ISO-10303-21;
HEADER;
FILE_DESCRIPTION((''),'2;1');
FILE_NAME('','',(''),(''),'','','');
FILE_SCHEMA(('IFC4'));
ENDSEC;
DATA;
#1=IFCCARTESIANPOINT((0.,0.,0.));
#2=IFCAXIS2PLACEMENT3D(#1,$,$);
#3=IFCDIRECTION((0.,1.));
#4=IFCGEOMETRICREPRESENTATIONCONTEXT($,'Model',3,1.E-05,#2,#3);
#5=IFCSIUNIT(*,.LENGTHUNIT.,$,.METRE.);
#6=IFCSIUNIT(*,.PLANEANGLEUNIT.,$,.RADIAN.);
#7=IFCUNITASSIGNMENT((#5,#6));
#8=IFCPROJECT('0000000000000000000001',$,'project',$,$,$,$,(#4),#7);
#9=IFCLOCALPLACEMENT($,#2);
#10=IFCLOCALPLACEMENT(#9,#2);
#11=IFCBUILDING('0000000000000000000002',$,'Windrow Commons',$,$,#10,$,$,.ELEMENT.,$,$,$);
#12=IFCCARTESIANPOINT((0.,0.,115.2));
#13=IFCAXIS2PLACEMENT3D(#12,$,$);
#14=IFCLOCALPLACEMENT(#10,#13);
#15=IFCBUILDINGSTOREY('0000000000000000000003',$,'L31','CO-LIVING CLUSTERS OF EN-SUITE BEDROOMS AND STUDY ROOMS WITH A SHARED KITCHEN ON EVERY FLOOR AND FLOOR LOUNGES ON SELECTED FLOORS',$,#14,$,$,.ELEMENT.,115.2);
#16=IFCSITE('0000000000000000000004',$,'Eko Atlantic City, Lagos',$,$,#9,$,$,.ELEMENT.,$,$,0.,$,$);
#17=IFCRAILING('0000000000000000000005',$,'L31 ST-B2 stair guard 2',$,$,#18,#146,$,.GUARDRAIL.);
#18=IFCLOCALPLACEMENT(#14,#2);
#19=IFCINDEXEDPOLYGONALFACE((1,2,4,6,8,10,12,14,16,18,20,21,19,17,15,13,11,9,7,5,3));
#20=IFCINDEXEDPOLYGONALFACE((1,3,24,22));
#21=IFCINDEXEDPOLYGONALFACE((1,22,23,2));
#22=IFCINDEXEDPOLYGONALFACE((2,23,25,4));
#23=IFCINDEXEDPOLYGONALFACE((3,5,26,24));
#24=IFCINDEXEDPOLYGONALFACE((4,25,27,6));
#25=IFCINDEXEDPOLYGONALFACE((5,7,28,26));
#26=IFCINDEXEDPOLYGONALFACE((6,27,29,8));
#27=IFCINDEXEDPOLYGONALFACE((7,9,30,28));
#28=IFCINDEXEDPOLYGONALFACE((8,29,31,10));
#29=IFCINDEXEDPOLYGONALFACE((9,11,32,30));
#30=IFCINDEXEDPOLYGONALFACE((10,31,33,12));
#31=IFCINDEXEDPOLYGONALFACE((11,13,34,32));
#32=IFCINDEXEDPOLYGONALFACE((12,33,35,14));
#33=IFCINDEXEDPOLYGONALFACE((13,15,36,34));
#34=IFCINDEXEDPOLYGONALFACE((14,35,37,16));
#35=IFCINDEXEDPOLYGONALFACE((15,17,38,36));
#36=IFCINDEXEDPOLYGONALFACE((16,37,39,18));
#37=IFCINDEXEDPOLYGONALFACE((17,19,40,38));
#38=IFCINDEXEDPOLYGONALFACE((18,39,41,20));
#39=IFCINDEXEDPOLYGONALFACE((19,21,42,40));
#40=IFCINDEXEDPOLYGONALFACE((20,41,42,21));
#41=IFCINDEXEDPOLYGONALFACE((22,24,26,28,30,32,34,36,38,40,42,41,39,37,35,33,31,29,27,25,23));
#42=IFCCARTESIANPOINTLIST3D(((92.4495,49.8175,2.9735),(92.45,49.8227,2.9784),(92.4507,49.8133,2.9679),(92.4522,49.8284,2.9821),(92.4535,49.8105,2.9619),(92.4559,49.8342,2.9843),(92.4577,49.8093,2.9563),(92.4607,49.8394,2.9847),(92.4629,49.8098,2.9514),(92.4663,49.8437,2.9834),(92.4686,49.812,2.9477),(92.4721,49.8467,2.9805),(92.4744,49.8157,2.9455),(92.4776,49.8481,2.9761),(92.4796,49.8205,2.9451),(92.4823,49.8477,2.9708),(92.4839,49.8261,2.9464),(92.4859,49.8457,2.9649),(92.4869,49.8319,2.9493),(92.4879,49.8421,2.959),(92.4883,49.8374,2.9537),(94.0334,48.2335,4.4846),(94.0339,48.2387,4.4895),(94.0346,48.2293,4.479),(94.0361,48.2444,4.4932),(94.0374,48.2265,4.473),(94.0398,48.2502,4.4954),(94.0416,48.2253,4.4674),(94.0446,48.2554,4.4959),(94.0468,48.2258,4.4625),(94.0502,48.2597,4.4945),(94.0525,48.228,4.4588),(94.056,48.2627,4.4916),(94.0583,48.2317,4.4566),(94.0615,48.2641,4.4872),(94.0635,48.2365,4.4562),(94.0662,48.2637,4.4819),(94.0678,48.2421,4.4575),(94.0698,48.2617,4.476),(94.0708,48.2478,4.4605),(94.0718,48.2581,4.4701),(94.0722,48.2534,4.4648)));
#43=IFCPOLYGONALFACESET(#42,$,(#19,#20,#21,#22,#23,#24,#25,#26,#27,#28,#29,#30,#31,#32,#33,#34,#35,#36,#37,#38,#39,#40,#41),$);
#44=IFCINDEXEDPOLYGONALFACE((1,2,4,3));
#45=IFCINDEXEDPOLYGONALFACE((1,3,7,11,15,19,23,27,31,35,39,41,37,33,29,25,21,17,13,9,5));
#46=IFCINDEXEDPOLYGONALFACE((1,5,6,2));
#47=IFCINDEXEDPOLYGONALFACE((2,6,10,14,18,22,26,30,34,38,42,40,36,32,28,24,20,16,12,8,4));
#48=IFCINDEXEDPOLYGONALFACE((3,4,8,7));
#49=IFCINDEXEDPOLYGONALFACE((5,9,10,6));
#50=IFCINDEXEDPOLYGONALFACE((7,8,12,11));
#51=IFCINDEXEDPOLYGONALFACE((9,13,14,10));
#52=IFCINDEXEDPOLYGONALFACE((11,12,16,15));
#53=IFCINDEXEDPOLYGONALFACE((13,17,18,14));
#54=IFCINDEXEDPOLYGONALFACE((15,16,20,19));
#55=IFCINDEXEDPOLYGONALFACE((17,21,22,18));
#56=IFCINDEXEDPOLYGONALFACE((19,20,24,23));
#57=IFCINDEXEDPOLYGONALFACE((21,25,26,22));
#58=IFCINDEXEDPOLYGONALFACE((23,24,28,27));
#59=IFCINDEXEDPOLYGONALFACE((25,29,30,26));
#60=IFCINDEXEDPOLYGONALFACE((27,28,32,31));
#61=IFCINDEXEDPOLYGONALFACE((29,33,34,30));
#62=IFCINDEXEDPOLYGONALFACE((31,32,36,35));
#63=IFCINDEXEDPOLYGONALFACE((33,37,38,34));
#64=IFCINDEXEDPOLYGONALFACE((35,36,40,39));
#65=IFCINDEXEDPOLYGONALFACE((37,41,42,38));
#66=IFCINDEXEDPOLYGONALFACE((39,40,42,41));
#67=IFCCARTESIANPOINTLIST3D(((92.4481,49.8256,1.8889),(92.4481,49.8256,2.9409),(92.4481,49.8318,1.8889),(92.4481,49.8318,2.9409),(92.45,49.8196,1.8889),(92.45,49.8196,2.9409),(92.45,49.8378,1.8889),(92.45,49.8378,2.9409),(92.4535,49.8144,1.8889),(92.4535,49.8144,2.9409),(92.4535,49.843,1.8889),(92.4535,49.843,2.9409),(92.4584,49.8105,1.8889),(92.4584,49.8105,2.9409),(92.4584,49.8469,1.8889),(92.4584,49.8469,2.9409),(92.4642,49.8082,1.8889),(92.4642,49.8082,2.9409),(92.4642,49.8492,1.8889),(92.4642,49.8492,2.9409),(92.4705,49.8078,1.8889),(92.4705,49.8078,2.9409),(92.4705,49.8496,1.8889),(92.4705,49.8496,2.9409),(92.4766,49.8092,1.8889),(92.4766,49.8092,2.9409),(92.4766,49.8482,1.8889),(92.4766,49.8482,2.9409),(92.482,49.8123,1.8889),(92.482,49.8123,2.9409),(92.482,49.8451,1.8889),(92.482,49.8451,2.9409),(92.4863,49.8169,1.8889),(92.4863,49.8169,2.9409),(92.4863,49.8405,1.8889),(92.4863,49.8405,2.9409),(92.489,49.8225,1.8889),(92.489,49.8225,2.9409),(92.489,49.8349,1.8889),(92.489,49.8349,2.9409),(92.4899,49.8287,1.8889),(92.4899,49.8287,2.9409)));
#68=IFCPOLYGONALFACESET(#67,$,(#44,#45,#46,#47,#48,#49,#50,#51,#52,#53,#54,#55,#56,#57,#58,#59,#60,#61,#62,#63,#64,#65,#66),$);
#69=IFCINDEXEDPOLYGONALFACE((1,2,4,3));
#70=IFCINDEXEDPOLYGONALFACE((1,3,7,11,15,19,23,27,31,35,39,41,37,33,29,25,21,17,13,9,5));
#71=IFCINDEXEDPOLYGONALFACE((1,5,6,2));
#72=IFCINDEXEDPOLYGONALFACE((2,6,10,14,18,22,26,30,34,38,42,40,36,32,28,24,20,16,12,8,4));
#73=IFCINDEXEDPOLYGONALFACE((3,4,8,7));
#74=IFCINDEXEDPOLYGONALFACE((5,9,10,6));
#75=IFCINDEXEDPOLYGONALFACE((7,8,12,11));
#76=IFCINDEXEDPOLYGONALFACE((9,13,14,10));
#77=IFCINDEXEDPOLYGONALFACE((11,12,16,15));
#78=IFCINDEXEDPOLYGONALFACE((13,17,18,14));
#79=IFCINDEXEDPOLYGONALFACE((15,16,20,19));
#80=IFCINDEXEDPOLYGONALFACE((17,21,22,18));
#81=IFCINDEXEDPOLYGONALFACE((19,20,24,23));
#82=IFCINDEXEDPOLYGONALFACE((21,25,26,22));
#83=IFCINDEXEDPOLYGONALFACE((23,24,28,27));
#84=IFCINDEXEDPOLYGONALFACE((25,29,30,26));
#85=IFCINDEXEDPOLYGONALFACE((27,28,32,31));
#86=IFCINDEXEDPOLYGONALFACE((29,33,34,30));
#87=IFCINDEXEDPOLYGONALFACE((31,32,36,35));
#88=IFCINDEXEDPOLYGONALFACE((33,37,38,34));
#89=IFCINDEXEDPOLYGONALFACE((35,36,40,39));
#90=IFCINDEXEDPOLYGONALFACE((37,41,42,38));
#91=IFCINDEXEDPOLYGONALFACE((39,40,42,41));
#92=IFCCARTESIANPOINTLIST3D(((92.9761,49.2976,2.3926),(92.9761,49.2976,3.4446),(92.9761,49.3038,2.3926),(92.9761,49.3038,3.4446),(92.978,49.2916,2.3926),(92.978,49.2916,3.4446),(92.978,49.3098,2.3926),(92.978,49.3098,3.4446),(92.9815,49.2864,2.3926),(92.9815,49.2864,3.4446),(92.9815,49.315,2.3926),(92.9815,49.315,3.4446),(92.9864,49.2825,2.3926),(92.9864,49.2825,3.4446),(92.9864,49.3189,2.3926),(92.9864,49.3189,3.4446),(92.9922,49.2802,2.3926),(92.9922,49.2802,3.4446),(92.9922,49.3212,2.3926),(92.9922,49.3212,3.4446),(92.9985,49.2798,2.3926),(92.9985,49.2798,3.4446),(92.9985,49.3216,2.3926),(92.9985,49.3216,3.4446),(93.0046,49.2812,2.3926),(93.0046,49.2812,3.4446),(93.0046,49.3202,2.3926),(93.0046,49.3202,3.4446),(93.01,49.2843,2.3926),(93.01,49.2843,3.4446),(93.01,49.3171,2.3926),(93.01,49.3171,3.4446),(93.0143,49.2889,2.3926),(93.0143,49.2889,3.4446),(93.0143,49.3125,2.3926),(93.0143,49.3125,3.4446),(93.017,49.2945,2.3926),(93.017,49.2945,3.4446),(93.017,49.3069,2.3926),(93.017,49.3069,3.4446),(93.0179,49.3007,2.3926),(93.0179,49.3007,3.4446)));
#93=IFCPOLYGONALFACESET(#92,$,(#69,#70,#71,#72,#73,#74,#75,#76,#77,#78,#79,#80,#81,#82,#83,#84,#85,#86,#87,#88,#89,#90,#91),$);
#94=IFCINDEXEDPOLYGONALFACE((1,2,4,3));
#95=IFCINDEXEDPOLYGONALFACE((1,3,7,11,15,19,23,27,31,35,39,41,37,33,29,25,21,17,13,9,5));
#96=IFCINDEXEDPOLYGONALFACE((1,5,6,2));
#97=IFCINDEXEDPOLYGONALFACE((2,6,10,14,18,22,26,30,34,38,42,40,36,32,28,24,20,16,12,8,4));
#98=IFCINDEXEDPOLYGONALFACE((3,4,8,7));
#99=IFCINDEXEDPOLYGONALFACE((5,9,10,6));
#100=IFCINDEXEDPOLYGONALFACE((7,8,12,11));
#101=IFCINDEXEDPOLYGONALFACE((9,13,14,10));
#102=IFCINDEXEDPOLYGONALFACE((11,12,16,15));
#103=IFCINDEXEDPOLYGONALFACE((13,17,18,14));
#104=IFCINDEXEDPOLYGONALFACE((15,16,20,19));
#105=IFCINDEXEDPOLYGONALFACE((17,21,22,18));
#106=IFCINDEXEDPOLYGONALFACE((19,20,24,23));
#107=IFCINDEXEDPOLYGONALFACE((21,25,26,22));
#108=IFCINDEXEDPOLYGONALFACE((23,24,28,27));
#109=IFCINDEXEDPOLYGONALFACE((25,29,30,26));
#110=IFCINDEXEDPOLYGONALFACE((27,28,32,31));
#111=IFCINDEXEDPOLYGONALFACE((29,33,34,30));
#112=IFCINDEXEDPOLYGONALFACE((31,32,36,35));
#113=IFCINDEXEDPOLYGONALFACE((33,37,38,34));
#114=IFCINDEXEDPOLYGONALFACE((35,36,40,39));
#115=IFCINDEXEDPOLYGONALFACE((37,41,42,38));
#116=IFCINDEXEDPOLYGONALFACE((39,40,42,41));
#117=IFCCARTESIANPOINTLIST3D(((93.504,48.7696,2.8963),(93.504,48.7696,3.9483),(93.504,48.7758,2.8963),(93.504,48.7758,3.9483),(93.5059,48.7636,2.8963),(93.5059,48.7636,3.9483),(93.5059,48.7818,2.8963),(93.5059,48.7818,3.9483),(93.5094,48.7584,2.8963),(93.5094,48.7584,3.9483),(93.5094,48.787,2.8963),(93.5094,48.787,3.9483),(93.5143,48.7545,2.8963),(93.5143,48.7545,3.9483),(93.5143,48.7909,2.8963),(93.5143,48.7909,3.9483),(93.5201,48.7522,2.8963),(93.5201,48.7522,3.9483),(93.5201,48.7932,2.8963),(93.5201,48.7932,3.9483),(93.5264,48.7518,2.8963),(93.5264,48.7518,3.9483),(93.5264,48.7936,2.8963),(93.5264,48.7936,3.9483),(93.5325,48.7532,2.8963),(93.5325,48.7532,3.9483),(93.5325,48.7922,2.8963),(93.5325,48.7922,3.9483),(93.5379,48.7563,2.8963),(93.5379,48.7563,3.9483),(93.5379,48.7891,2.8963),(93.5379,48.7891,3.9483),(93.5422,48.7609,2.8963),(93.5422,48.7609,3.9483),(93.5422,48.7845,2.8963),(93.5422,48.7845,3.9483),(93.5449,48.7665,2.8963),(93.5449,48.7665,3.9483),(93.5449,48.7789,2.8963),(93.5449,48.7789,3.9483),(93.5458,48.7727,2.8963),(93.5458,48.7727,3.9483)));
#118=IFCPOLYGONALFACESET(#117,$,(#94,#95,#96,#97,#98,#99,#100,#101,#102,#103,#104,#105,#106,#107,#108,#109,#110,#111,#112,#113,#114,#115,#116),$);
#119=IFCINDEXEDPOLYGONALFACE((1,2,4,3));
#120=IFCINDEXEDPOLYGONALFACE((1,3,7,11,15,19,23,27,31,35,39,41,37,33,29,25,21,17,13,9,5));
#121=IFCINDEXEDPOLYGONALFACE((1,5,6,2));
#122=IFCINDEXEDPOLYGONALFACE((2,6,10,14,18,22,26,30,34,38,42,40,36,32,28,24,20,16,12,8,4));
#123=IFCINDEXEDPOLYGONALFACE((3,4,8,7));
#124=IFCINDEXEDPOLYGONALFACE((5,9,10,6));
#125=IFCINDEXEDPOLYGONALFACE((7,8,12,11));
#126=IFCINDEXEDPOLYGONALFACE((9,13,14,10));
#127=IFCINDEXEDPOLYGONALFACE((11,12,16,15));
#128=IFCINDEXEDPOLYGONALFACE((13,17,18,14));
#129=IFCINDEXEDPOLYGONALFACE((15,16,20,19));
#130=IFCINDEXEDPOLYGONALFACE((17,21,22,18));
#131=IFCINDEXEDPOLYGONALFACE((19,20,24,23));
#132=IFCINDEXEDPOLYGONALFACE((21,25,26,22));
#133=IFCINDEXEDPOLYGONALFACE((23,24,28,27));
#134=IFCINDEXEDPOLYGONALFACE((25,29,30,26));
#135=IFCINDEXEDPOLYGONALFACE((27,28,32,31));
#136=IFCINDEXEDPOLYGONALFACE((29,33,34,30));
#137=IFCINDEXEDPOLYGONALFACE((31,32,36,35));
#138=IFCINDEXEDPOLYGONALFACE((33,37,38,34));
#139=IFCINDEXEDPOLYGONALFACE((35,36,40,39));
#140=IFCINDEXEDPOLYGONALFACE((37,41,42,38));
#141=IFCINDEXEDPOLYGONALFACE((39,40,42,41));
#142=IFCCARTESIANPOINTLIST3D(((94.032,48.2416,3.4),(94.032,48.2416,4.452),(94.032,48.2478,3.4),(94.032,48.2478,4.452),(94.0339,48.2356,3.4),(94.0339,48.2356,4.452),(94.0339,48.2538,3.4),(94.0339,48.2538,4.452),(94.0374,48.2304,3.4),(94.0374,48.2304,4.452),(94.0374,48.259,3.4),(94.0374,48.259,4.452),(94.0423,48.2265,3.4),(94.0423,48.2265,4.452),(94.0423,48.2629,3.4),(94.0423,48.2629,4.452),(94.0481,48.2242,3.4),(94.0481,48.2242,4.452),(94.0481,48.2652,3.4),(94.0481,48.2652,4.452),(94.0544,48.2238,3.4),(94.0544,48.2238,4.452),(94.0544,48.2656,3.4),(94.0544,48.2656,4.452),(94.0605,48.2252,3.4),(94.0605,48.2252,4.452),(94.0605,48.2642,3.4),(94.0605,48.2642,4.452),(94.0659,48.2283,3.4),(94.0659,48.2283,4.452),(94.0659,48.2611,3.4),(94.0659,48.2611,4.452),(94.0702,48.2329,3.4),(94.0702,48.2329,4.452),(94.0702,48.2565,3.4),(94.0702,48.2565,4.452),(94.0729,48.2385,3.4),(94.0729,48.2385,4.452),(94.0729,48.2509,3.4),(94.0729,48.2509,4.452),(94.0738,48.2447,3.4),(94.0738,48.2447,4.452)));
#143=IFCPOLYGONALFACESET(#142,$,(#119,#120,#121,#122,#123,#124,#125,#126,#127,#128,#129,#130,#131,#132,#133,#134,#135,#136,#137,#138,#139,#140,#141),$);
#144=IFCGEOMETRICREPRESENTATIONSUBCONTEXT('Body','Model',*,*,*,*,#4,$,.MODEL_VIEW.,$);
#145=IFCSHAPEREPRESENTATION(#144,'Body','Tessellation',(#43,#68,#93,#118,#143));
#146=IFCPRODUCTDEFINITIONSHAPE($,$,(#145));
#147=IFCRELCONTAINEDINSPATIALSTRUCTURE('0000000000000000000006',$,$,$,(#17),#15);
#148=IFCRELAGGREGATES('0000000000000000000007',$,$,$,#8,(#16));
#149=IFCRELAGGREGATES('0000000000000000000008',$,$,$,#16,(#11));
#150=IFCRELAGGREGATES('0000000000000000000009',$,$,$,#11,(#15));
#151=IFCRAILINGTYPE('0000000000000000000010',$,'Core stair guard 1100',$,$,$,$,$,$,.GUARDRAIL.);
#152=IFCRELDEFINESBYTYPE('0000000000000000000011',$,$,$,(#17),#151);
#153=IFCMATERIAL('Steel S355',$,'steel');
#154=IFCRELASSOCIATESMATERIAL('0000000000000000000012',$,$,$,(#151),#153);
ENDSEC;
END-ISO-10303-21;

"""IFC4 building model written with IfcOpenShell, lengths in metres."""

from ifc_helpers import new_model, si_unit, direction, frame, origin, origin_2d, place, context, subcontext, project, spatial, circle, extrude, material, type_object, element, save


model = new_model("IFC4")

# Units and contexts
model_context = context("Model", 3, precision=1e-05, world=origin(), true_north=direction((0.0, 1.0)))
body_context = subcontext(model_context, "Body", "Model", "MODEL_VIEW")
ifc_project = project(units=[si_unit("LENGTHUNIT", "METRE"), si_unit("PLANEANGLEUNIT", "RADIAN")], contexts=[model_context])

# Site, building, storey
site_placement = place(None, origin())
site = spatial("IfcSite", under=ifc_project, at=site_placement, Name="Eko Atlantic City, Lagos", CompositionType="ELEMENT", RefElevation=0.0)
building_placement = place(site_placement, origin())
building = spatial("IfcBuilding", under=site, at=building_placement, Name="Windrow Commons", CompositionType="ELEMENT")
storey_placement = place(building_placement, frame((0.0, 0.0, 115.2)))
storey = spatial("IfcBuildingStorey", under=building, at=storey_placement, Name="L31", Description="CO-LIVING CLUSTERS OF EN-SUITE BEDROOMS AND STUDY ROOMS WITH A SHARED KITCHEN ON EVERY FLOOR AND FLOOR LOUNGES ON SELECTED FLOORS", CompositionType="ELEMENT", Elevation=115.2)

# Railing
ifc_material_1 = material(Name="Steel S355", Category="steel")
railing_type_1 = type_object("IfcRailingType", Name="Core stair guard 1100", PredefinedType="GUARDRAIL", material=ifc_material_1)
railing_1_placement = place(storey_placement, frame((92.4689, 49.8287, 1.8889)))
element("IfcRailing", 1, at=railing_1_placement, inside=storey, type_object=railing_type_1, Name="L31 ST-B2 stair guard 2", PredefinedType="GUARDRAIL", context=body_context, shape_type="SweptSolid", body=[
    extrude(circle(Radius=0.024, at=origin_2d()), frame((0.0, 0.0, 1.076), z_axis=(0.586179, -0.586216, 0.559237), x_axis=(0.707129, 0.707084, 0.0)), (0.0, 0.0, 1.0), 2.7021),
    extrude(circle(Radius=0.021, at=origin_2d()), origin(), (0.0, 0.0, 1.0), 1.052),
    extrude(circle(Radius=0.021, at=origin_2d()), frame((0.528, -0.528, 0.5037)), (0.0, 0.0, 1.0), 1.052),
    extrude(circle(Radius=0.021, at=origin_2d()), frame((1.0559, -1.056, 1.0074)), (0.0, 0.0, 1.0), 1.052),
    extrude(circle(Radius=0.021, at=origin_2d()), frame((1.5839, -1.584, 1.5111)), (0.0, 0.0, 1.0), 1.052),
])

save(model, "model.ifc")
